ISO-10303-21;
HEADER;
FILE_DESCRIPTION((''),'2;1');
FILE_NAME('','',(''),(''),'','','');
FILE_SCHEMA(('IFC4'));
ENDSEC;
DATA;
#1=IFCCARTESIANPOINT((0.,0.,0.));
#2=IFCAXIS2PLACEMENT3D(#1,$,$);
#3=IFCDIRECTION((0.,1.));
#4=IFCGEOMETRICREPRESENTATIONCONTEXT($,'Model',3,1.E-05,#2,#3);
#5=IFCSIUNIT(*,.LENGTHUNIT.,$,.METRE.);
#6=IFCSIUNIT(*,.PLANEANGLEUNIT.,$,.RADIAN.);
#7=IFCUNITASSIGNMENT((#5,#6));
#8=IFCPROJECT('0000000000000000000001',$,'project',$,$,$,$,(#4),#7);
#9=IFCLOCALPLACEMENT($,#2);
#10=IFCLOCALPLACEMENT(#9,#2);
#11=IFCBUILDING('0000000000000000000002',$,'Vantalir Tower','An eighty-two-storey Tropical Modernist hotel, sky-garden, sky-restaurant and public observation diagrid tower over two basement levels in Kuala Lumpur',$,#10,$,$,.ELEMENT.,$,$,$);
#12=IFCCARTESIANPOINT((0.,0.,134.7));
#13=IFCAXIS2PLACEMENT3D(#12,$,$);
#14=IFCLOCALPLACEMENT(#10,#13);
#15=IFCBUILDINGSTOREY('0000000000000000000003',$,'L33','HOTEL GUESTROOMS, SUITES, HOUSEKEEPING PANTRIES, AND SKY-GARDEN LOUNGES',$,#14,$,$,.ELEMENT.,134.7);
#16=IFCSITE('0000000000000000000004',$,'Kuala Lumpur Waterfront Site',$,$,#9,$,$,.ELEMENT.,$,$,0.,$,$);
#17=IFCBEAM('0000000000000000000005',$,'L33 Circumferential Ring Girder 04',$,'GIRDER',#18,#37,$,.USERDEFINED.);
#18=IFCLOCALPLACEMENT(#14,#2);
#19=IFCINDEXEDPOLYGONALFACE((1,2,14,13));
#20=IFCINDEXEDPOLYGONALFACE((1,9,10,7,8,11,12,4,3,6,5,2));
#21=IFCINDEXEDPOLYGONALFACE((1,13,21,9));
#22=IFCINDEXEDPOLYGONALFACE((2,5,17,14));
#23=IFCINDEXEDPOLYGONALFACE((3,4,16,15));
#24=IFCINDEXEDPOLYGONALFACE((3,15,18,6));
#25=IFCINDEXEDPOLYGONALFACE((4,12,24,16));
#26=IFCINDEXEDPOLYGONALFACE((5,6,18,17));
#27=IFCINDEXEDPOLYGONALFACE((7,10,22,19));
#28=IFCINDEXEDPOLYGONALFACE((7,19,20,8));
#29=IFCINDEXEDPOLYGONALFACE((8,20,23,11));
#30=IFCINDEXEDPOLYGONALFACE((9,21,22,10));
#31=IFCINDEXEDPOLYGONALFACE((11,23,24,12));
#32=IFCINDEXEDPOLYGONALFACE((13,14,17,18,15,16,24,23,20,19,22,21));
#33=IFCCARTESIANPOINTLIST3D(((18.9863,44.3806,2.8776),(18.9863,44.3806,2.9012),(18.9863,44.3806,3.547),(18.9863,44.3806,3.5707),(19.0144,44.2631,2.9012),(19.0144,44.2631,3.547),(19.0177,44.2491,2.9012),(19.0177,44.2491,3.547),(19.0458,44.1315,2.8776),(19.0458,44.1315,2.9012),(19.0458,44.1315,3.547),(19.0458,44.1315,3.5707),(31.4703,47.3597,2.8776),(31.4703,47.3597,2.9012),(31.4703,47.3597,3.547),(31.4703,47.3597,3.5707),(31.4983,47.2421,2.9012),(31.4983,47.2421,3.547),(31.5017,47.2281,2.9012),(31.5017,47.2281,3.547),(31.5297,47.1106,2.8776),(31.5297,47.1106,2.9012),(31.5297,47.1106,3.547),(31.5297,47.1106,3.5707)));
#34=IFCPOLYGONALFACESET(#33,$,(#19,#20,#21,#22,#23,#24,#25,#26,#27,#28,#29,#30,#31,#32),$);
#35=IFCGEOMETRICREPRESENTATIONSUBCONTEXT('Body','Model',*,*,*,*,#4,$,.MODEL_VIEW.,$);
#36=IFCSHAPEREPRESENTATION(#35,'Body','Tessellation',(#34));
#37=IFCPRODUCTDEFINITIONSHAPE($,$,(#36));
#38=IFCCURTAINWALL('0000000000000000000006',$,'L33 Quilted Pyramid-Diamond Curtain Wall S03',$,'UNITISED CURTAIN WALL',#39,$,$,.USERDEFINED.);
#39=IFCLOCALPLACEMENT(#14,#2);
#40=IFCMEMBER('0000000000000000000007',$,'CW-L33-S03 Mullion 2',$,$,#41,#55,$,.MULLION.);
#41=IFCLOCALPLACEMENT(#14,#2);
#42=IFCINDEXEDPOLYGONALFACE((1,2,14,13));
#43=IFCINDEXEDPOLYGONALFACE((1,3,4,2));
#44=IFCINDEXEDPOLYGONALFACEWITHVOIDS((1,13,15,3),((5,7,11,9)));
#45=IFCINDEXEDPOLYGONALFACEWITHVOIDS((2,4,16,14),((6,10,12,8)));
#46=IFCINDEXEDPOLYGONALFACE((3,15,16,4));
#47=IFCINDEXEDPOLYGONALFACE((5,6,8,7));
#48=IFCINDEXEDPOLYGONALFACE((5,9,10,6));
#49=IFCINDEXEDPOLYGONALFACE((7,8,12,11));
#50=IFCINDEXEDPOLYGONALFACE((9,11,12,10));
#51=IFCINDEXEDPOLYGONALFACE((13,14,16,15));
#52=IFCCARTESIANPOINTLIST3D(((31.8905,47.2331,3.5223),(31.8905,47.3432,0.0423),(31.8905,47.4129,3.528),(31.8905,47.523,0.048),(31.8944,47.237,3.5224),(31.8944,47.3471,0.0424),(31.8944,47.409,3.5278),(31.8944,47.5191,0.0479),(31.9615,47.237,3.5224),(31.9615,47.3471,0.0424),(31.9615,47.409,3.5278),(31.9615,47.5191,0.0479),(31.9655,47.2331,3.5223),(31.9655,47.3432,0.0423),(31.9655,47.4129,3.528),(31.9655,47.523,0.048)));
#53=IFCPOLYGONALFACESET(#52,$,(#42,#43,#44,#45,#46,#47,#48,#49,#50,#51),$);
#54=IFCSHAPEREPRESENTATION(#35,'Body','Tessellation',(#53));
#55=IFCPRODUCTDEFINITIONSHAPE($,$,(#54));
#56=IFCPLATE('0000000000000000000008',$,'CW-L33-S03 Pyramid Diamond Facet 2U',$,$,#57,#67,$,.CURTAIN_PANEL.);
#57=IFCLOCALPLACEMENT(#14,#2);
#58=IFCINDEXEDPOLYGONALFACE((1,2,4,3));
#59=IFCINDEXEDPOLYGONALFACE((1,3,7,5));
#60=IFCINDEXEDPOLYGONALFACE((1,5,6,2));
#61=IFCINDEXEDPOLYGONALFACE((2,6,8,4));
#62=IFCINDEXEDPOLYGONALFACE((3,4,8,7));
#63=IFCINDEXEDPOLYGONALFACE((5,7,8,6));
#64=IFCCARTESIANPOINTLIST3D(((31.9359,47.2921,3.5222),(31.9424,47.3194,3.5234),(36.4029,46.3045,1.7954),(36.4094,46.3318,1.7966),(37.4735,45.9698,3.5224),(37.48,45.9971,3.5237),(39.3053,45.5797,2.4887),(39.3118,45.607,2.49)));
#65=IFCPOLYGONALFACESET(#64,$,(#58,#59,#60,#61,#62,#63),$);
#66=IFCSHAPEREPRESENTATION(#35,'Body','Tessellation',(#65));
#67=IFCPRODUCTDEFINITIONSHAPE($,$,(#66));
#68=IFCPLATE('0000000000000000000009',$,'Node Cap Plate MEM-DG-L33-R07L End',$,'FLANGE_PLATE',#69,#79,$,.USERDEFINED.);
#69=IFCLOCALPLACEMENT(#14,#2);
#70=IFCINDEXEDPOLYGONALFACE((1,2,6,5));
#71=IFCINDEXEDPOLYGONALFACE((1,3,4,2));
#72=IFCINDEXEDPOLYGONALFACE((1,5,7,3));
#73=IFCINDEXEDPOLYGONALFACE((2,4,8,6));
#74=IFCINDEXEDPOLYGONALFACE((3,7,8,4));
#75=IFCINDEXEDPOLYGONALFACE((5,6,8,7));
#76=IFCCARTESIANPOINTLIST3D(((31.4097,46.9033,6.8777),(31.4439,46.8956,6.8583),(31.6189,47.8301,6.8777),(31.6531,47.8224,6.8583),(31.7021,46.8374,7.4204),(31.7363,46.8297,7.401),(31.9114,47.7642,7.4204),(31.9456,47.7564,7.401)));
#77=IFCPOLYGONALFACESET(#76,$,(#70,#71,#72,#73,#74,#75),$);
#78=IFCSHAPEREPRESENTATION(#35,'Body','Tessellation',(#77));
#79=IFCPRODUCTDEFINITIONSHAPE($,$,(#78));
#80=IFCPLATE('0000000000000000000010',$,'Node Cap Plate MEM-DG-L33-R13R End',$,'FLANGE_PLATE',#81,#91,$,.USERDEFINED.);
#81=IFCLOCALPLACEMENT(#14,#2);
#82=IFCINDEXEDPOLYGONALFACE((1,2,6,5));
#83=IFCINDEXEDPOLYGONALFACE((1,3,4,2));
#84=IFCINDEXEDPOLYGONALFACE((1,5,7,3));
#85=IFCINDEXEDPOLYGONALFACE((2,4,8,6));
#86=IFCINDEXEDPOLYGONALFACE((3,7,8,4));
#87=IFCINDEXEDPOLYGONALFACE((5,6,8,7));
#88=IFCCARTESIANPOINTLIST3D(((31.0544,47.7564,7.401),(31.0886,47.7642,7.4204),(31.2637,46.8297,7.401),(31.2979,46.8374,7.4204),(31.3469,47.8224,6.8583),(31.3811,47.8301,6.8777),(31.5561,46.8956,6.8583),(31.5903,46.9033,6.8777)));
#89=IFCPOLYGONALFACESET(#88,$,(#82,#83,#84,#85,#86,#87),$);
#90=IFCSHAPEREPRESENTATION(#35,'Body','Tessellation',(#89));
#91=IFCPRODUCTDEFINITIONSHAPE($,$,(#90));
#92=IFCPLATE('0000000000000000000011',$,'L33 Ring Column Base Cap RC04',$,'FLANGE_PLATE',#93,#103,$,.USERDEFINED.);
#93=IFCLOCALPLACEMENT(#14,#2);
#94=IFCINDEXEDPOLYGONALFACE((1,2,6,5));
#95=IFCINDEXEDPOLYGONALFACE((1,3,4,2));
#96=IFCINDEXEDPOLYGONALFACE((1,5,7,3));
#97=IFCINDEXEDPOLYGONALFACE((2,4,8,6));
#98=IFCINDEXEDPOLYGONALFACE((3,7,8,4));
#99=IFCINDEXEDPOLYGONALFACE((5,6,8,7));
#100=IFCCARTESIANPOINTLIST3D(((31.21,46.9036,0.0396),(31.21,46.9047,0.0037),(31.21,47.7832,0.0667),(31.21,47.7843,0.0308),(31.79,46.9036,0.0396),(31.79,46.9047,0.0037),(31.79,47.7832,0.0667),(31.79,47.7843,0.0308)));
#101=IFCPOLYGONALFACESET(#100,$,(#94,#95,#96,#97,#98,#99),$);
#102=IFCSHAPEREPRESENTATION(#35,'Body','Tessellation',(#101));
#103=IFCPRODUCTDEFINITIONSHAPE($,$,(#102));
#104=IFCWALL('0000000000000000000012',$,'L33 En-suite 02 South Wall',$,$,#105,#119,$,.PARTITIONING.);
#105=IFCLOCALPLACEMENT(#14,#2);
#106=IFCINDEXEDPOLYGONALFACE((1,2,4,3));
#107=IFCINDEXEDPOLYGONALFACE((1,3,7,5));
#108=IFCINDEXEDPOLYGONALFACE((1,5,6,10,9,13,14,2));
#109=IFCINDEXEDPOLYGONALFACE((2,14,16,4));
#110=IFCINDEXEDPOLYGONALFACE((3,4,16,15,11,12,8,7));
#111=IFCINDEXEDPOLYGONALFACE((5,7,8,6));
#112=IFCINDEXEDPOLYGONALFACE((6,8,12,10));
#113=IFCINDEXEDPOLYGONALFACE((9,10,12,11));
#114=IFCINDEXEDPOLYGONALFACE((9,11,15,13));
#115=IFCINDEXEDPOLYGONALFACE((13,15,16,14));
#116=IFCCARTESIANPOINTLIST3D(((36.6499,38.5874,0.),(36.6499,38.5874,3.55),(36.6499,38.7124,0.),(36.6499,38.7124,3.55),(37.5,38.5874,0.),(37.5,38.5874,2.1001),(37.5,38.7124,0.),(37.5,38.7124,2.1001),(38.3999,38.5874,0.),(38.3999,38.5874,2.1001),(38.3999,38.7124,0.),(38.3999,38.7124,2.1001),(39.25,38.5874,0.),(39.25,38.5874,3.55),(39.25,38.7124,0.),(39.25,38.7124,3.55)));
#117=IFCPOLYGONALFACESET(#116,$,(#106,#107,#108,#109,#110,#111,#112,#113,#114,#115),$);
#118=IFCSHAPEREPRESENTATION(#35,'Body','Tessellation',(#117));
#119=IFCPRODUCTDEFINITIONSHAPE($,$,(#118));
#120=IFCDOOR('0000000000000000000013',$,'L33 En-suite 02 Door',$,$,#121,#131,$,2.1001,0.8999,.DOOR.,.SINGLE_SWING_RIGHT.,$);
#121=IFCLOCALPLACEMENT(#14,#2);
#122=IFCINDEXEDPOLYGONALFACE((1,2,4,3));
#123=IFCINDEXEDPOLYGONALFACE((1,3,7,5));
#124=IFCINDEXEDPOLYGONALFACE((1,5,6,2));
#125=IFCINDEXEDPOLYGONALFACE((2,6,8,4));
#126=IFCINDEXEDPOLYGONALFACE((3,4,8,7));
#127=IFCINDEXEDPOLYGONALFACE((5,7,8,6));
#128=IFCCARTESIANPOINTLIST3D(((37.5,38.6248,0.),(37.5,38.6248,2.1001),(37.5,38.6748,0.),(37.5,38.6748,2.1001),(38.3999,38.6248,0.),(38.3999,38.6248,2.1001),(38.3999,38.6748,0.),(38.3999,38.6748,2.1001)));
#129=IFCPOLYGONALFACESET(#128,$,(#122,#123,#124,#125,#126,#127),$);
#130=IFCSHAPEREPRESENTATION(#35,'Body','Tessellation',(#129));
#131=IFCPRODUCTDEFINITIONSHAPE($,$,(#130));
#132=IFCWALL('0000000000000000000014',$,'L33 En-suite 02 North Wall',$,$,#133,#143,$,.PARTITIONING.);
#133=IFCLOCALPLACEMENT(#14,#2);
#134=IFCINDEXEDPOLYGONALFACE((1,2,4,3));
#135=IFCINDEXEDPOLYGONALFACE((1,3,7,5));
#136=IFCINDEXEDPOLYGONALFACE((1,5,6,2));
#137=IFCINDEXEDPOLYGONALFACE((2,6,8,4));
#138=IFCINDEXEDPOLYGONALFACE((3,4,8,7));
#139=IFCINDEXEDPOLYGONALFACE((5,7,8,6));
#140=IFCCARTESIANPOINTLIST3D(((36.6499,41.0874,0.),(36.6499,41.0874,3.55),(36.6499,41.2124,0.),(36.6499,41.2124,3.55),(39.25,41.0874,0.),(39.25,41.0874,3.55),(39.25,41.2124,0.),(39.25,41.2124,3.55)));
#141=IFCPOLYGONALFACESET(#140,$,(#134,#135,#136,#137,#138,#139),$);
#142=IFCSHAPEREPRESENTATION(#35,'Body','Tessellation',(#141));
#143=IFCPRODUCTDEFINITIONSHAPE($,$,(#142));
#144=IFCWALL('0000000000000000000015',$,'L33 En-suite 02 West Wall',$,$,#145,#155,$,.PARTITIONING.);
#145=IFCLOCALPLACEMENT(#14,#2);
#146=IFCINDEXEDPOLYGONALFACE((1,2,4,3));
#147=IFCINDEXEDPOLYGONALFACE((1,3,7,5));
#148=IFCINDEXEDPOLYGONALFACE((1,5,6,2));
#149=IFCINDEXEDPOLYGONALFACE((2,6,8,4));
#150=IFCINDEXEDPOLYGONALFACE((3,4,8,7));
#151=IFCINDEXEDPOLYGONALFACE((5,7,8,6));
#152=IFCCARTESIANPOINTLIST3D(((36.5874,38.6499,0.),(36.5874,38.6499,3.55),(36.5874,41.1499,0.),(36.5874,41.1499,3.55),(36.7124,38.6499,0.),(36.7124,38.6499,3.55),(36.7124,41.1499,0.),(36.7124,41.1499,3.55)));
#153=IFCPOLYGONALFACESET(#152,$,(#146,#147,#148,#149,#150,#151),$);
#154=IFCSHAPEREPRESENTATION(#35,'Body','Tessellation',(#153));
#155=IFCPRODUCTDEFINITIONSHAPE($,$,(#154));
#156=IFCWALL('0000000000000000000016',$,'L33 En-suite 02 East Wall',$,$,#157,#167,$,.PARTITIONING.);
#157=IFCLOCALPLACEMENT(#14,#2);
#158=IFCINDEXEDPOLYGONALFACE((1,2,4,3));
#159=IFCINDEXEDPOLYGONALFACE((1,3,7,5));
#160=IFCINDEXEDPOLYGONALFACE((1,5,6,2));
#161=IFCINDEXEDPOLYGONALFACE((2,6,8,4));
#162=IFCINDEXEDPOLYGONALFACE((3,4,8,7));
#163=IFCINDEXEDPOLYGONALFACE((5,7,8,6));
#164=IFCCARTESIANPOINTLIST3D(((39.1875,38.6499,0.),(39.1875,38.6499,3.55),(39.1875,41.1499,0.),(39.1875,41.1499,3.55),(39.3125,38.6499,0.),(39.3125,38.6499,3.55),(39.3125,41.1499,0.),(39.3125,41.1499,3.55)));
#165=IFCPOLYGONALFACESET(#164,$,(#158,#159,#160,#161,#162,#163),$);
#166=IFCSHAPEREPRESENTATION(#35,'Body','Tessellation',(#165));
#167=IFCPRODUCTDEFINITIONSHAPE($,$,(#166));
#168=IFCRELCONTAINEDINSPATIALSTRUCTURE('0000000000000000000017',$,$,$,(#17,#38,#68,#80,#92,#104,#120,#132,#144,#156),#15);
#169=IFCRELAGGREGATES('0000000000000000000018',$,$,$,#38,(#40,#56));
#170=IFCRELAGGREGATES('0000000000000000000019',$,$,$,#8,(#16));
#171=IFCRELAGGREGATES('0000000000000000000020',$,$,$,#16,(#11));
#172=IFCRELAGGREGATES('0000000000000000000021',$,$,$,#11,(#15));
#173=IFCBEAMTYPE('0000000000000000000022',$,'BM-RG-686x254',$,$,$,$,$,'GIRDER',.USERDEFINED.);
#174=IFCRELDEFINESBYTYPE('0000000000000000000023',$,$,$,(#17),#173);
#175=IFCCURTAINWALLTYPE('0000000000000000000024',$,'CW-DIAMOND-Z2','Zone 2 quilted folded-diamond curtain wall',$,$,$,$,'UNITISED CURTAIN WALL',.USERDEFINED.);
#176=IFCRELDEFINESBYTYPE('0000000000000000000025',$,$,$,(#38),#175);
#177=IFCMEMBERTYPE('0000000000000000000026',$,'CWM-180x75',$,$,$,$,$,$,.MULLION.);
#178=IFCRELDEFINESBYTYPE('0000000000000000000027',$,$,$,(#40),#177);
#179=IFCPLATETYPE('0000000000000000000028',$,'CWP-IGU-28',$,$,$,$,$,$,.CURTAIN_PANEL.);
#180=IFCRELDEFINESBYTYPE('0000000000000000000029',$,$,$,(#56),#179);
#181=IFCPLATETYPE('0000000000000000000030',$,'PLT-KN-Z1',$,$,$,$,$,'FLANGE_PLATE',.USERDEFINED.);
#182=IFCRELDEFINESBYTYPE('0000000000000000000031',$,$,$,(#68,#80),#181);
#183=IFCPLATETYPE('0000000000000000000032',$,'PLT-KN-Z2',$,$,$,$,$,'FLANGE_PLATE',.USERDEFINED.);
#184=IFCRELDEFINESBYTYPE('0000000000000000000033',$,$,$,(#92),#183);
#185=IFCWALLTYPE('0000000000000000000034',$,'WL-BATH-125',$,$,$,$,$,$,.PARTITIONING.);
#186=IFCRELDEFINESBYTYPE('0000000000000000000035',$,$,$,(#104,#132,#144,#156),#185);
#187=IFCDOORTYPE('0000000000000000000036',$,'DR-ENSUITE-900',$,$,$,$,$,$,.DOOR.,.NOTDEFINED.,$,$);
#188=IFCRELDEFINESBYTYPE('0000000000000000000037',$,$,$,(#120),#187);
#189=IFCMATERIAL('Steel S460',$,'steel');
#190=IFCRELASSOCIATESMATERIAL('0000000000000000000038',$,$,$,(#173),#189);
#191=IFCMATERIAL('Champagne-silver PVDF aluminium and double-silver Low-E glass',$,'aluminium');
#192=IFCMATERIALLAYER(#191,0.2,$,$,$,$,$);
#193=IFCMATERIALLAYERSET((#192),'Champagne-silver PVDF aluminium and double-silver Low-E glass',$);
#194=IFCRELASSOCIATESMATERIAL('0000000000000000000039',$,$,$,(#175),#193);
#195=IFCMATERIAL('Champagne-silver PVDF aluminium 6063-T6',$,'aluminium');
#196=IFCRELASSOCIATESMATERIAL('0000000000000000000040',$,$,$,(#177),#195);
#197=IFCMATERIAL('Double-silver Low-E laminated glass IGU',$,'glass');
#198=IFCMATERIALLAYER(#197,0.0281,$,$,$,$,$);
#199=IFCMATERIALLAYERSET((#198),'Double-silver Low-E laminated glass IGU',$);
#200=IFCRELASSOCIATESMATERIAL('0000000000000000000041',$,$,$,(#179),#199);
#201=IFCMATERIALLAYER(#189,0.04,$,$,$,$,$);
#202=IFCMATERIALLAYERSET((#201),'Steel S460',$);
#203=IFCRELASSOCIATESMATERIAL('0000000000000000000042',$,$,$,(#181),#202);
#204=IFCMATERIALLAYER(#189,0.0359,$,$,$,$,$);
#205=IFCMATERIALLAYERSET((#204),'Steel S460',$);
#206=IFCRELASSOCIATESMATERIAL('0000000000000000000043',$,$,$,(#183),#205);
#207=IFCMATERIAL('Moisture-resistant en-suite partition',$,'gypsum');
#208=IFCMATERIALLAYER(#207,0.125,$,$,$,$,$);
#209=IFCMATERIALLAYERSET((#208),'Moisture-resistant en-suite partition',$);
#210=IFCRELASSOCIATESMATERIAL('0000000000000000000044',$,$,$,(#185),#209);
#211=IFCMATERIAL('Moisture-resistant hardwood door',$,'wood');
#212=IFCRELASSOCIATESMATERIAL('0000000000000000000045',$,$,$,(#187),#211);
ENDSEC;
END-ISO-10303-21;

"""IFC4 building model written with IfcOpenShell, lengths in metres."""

from ifc_helpers import new_model, si_unit, direction, frame, frame_2d, origin, origin_2d, place, context, subcontext, project, spatial, polyline, rectangle, hollow_rectangle, i_section, outline, extrude, material, layer, layer_set, material_profile, profile_set, type_object, element, fill, aggregate, save


model = new_model("IFC4")

# Units and contexts
model_context = context("Model", 3, precision=1e-05, world=origin(), true_north=direction((0.0, 1.0)))
body_context = subcontext(model_context, "Body", "Model", "MODEL_VIEW")
ifc_project = project(units=[si_unit("LENGTHUNIT", "METRE"), si_unit("PLANEANGLEUNIT", "RADIAN")], contexts=[model_context])

# Site, building, storey
site_placement = place(None, origin())
site = spatial("IfcSite", under=ifc_project, at=site_placement, Name="Kuala Lumpur Waterfront Site", CompositionType="ELEMENT", RefElevation=0.0)
building_placement = place(site_placement, origin())
building = spatial("IfcBuilding", under=site, at=building_placement, Name="Vantalir Tower", Description="An eighty-two-storey Tropical Modernist hotel, sky-garden, sky-restaurant and public observation diagrid tower over two basement levels in Kuala Lumpur", CompositionType="ELEMENT")
storey_placement = place(building_placement, frame((0.0, 0.0, 134.7)))
storey = spatial("IfcBuildingStorey", under=building, at=storey_placement, Name="L33", Description="HOTEL GUESTROOMS, SUITES, HOUSEKEEPING PANTRIES, AND SKY-GARDEN LOUNGES", CompositionType="ELEMENT", Elevation=134.7)

# Shared definitions
ifc_material_1 = material(Name="Steel S460", Category="steel")

# Beam
ifc_material_profile_1 = material_profile(ifc_material_1, i_section(OverallWidth=0.2561, OverallDepth=0.6931, WebThickness=0.0144, FlangeThickness=0.0237, at=origin_2d()), Name="Steel S460")
ifc_profile_set_1 = profile_set([ifc_material_profile_1], Name="Steel S460")
beam_type_1 = type_object("IfcBeamType", Name="BM-RG-686x254", ElementType="GIRDER", PredefinedType="USERDEFINED", material=ifc_profile_set_1)
beam_1_placement = place(storey_placement, frame((31.5, 47.2351, 3.2241), z_axis=(-0.972689, -0.232111, 0.0), x_axis=(0.232111, -0.972689, 0.0)))
element("IfcBeam", 1, at=beam_1_placement, inside=storey, type_object=beam_type_1, Name="L33 Circumferential Ring Girder 04", ObjectType="GIRDER", PredefinedType="USERDEFINED", context=body_context, shape_type="SweptSolid", body=[
    extrude(i_section(OverallWidth=0.2561, OverallDepth=0.6931, WebThickness=0.0144, FlangeThickness=0.0237, at=origin_2d()), origin(), (0.0, 0.0, 1.0), 12.8345),
])

# Curtain wall, member, plate
ifc_material_2 = material(Name="Champagne-silver PVDF aluminium and double-silver Low-E glass", Category="aluminium")
ifc_layer_1 = layer(ifc_material_2, 0.2)
ifc_layer_set_1 = layer_set([ifc_layer_1], Name="Champagne-silver PVDF aluminium and double-silver Low-E glass")
curtain_wall_type = type_object("IfcCurtainWallType", Name="CW-DIAMOND-Z2", Description="Zone 2 quilted folded-diamond curtain wall", ElementType="UNITISED CURTAIN WALL", PredefinedType="USERDEFINED", material=ifc_layer_set_1)
curtain_wall_placement = place(storey_placement, origin())
curtain_wall = element("IfcCurtainWall", 2, at=curtain_wall_placement, inside=storey, type_object=curtain_wall_type, Name="L33 Quilted Pyramid-Diamond Curtain Wall S03", ObjectType="UNITISED CURTAIN WALL", PredefinedType="USERDEFINED")
ifc_material_3 = material(Name="Champagne-silver PVDF aluminium 6063-T6", Category="aluminium")
ifc_material_profile_2 = material_profile(ifc_material_3, hollow_rectangle(XDim=0.075, YDim=0.1799, WallThickness=0.0039, at=origin_2d()), Name="Champagne-silver PVDF aluminium 6063-T6")
ifc_profile_set_2 = profile_set([ifc_material_profile_2], Name="Champagne-silver PVDF aluminium 6063-T6")
member_type = type_object("IfcMemberType", Name="CWM-180x75", PredefinedType="MULLION", material=ifc_profile_set_2)
member_placement = place(storey_placement, frame((31.928, 47.4331, 0.0452), z_axis=(0.0, -0.031624, 0.9995), x_axis=(1.0, 0.0, 0.0)))
member = element("IfcMember", 3, at=member_placement, type_object=member_type, Name="CW-L33-S03 Mullion 2", PredefinedType="MULLION", context=body_context, shape_type="SweptSolid", body=[
    extrude(hollow_rectangle(XDim=0.075, YDim=0.1799, WallThickness=0.0039, at=origin_2d()), origin(), (0.0, 0.0, 1.0), 3.4817),
])
ifc_material_4 = material(Name="Double-silver Low-E laminated glass IGU", Category="glass")
ifc_layer_2 = layer(ifc_material_4, 0.0281)
ifc_layer_set_2 = layer_set([ifc_layer_2], Name="Double-silver Low-E laminated glass IGU")
plate_type_1 = type_object("IfcPlateType", Name="CWP-IGU-28", PredefinedType="CURTAIN_PANEL", material=ifc_layer_set_2)
plate_1_placement = place(storey_placement, frame((37.48, 45.9971, 3.5237), z_axis=(0.232028, 0.971691, 0.044493), x_axis=(-0.972654, 0.23226, -0.000042)))
plate_1 = element("IfcPlate", 4, at=plate_1_placement, type_object=plate_type_1, Name="CW-L33-S03 Pyramid Diamond Facet 2U", PredefinedType="CURTAIN_PANEL", context=body_context, shape_type="SweptSolid", body=[
    extrude(outline(polyline([(0.0, 0.0), (5.6933, 0.0), (1.1191, -1.7287), (-1.8723, -1.0348), (0.0, 0.0)])), origin(), (0.0, 0.0, -1.0), 0.0281),
])
aggregate(curtain_wall, [member, plate_1])

# Plates
ifc_layer_3 = layer(ifc_material_1, 0.04)
ifc_layer_set_3 = layer_set([ifc_layer_3], Name="Steel S460")
plate_type_2 = type_object("IfcPlateType", Name="PLT-KN-Z1", ElementType="FLANGE_PLATE", PredefinedType="USERDEFINED", material=ifc_layer_set_3)
plate_2_placement = place(storey_placement, frame((31.6189, 47.8301, 6.8777), z_axis=(-0.853828, 0.192764, 0.48355), x_axis=(-0.220221, -0.97545, 0.0)))
element("IfcPlate", 5, at=plate_2_placement, inside=storey, type_object=plate_type_2, Name="Node Cap Plate MEM-DG-L33-R07L End", ObjectType="FLANGE_PLATE", PredefinedType="USERDEFINED", context=body_context, shape_type="SweptSolid", body=[
    extrude(outline(polyline([(0.0, 0.0), (0.9501, 0.0), (0.95, 0.62), (-0.0001, 0.62), (0.0, 0.0)])), origin(), (0.0, 0.0, -1.0), 0.04),
])
plate_3_placement = place(storey_placement, frame((31.5903, 46.9033, 6.8777), z_axis=(0.853828, 0.192764, 0.48355), x_axis=(-0.220221, 0.97545, 0.0)))
element("IfcPlate", 6, at=plate_3_placement, inside=storey, type_object=plate_type_2, Name="Node Cap Plate MEM-DG-L33-R13R End", ObjectType="FLANGE_PLATE", PredefinedType="USERDEFINED", context=body_context, shape_type="SweptSolid", body=[
    extrude(outline(polyline([(0.0, 0.0), (0.9501, 0.0), (0.9502, 0.62), (0.0001, 0.62), (0.0, 0.0)])), origin(), (0.0, 0.0, -1.0), 0.04),
])
ifc_layer_4 = layer(ifc_material_1, 0.0359)
ifc_layer_set_4 = layer_set([ifc_layer_4], Name="Steel S460")
plate_type_3 = type_object("IfcPlateType", Name="PLT-KN-Z2", ElementType="FLANGE_PLATE", PredefinedType="USERDEFINED", material=ifc_layer_set_4)
plate_4_placement = place(storey_placement, frame((31.21, 47.7832, 0.0667), z_axis=(0.0, -0.030793, 0.999526), x_axis=(0.0, -0.999526, -0.030793)))
element("IfcPlate", 7, at=plate_4_placement, inside=storey, type_object=plate_type_3, Name="L33 Ring Column Base Cap RC04", ObjectType="FLANGE_PLATE", PredefinedType="USERDEFINED", context=body_context, shape_type="SweptSolid", body=[
    extrude(outline(polyline([(0.0, 0.0), (0.8801, 0.0), (0.8801, 0.5801), (0.0, 0.5801), (0.0, 0.0)])), origin(), (0.0, 0.0, -1.0), 0.0359),
])

# Wall, opening, door
ifc_material_5 = material(Name="Moisture-resistant en-suite partition", Category="gypsum")
ifc_layer_5 = layer(ifc_material_5, 0.125)
ifc_layer_set_5 = layer_set([ifc_layer_5], Name="Moisture-resistant en-suite partition")
wall_type_1 = type_object("IfcWallType", Name="WL-BATH-125", PredefinedType="PARTITIONING", material=ifc_layer_set_5)
wall_1_placement = place(storey_placement, frame((36.6499, 38.6499, 0.0), z_axis=(0.0, 0.0, 1.0), x_axis=(1.0, 0.0, 0.0)))
wall_1 = element("IfcWall", 8, at=wall_1_placement, inside=storey, type_object=wall_type_1, Name="L33 En-suite 02 South Wall", PredefinedType="PARTITIONING", context=body_context, shape_type="SweptSolid", body=[
    extrude(rectangle(XDim=2.6001, YDim=0.125, at=frame_2d((1.3, 0.0))), origin(), (0.0, 0.0, 1.0), 3.55),
])
opening_1_placement = place(wall_1_placement, frame((0.8501, 0.0, 0.0)))
opening_1 = element("IfcOpeningElement", 9, at=opening_1_placement, cuts=wall_1, PredefinedType="OPENING", context=body_context, shape_type="SweptSolid", body=[
    extrude(rectangle(XDim=0.8999, YDim=2.1001, at=frame_2d((0.45, 1.05))), frame((0.0, 0.0725, 0.0), z_axis=(0.0, -1.0, 0.0), x_axis=(1.0, 0.0, 0.0)), (0.0, 0.0, 1.0), 0.145),
])
ifc_material_6 = material(Name="Moisture-resistant hardwood door", Category="wood")
door_type_1 = type_object("IfcDoorType", Name="DR-ENSUITE-900", OperationType="NOTDEFINED", PredefinedType="DOOR", material=ifc_material_6)
door_1_placement = place(opening_1_placement, origin())
door_1 = element("IfcDoor", 10, at=door_1_placement, inside=storey, type_object=door_type_1, Name="L33 En-suite 02 Door", OperationType="SINGLE_SWING_RIGHT", OverallHeight=2.1001, OverallWidth=0.8999, PredefinedType="DOOR", context=body_context, shape_type="SweptSolid", body=[
    extrude(rectangle(XDim=0.8999, YDim=2.1001, at=frame_2d((0.45, 1.05))), frame((0.0, 0.0249, 0.0), z_axis=(0.0, -1.0, 0.0), x_axis=(1.0, 0.0, 0.0)), (0.0, 0.0, 1.0), 0.05),
])
fill(opening_1, door_1)

# Walls
wall_2_placement = place(storey_placement, frame((36.6499, 41.1499, 0.0), z_axis=(0.0, 0.0, 1.0), x_axis=(1.0, 0.0, 0.0)))
element("IfcWall", 11, at=wall_2_placement, inside=storey, type_object=wall_type_1, Name="L33 En-suite 02 North Wall", PredefinedType="PARTITIONING", context=body_context, shape_type="SweptSolid", body=[
    extrude(rectangle(XDim=2.6001, YDim=0.125, at=frame_2d((1.3, 0.0))), origin(), (0.0, 0.0, 1.0), 3.55),
])
for number, where, z_axis, x_axis, name in (
    (12, (36.6499, 38.6499, 0.0), (0.0, 0.0, 1.0), (0.0, 1.0, 0.0), "L33 En-suite 02 West Wall"),
    (13, (39.25, 38.6499, 0.0), (0.0, 0.0, 1.0), (0.0, 1.0, 0.0), "L33 En-suite 02 East Wall"),
):
    element("IfcWall", number, at=place(storey_placement, frame(where, z_axis=z_axis, x_axis=x_axis)), inside=storey, type_object=wall_type_1, Name=name, PredefinedType="PARTITIONING", context=body_context, shape_type="SweptSolid", body=[
        extrude(rectangle(XDim=2.5, YDim=0.125, at=frame_2d((1.25, 0.0))), origin(), (0.0, 0.0, 1.0), 3.55),
    ])

save(model, "model.ifc")
